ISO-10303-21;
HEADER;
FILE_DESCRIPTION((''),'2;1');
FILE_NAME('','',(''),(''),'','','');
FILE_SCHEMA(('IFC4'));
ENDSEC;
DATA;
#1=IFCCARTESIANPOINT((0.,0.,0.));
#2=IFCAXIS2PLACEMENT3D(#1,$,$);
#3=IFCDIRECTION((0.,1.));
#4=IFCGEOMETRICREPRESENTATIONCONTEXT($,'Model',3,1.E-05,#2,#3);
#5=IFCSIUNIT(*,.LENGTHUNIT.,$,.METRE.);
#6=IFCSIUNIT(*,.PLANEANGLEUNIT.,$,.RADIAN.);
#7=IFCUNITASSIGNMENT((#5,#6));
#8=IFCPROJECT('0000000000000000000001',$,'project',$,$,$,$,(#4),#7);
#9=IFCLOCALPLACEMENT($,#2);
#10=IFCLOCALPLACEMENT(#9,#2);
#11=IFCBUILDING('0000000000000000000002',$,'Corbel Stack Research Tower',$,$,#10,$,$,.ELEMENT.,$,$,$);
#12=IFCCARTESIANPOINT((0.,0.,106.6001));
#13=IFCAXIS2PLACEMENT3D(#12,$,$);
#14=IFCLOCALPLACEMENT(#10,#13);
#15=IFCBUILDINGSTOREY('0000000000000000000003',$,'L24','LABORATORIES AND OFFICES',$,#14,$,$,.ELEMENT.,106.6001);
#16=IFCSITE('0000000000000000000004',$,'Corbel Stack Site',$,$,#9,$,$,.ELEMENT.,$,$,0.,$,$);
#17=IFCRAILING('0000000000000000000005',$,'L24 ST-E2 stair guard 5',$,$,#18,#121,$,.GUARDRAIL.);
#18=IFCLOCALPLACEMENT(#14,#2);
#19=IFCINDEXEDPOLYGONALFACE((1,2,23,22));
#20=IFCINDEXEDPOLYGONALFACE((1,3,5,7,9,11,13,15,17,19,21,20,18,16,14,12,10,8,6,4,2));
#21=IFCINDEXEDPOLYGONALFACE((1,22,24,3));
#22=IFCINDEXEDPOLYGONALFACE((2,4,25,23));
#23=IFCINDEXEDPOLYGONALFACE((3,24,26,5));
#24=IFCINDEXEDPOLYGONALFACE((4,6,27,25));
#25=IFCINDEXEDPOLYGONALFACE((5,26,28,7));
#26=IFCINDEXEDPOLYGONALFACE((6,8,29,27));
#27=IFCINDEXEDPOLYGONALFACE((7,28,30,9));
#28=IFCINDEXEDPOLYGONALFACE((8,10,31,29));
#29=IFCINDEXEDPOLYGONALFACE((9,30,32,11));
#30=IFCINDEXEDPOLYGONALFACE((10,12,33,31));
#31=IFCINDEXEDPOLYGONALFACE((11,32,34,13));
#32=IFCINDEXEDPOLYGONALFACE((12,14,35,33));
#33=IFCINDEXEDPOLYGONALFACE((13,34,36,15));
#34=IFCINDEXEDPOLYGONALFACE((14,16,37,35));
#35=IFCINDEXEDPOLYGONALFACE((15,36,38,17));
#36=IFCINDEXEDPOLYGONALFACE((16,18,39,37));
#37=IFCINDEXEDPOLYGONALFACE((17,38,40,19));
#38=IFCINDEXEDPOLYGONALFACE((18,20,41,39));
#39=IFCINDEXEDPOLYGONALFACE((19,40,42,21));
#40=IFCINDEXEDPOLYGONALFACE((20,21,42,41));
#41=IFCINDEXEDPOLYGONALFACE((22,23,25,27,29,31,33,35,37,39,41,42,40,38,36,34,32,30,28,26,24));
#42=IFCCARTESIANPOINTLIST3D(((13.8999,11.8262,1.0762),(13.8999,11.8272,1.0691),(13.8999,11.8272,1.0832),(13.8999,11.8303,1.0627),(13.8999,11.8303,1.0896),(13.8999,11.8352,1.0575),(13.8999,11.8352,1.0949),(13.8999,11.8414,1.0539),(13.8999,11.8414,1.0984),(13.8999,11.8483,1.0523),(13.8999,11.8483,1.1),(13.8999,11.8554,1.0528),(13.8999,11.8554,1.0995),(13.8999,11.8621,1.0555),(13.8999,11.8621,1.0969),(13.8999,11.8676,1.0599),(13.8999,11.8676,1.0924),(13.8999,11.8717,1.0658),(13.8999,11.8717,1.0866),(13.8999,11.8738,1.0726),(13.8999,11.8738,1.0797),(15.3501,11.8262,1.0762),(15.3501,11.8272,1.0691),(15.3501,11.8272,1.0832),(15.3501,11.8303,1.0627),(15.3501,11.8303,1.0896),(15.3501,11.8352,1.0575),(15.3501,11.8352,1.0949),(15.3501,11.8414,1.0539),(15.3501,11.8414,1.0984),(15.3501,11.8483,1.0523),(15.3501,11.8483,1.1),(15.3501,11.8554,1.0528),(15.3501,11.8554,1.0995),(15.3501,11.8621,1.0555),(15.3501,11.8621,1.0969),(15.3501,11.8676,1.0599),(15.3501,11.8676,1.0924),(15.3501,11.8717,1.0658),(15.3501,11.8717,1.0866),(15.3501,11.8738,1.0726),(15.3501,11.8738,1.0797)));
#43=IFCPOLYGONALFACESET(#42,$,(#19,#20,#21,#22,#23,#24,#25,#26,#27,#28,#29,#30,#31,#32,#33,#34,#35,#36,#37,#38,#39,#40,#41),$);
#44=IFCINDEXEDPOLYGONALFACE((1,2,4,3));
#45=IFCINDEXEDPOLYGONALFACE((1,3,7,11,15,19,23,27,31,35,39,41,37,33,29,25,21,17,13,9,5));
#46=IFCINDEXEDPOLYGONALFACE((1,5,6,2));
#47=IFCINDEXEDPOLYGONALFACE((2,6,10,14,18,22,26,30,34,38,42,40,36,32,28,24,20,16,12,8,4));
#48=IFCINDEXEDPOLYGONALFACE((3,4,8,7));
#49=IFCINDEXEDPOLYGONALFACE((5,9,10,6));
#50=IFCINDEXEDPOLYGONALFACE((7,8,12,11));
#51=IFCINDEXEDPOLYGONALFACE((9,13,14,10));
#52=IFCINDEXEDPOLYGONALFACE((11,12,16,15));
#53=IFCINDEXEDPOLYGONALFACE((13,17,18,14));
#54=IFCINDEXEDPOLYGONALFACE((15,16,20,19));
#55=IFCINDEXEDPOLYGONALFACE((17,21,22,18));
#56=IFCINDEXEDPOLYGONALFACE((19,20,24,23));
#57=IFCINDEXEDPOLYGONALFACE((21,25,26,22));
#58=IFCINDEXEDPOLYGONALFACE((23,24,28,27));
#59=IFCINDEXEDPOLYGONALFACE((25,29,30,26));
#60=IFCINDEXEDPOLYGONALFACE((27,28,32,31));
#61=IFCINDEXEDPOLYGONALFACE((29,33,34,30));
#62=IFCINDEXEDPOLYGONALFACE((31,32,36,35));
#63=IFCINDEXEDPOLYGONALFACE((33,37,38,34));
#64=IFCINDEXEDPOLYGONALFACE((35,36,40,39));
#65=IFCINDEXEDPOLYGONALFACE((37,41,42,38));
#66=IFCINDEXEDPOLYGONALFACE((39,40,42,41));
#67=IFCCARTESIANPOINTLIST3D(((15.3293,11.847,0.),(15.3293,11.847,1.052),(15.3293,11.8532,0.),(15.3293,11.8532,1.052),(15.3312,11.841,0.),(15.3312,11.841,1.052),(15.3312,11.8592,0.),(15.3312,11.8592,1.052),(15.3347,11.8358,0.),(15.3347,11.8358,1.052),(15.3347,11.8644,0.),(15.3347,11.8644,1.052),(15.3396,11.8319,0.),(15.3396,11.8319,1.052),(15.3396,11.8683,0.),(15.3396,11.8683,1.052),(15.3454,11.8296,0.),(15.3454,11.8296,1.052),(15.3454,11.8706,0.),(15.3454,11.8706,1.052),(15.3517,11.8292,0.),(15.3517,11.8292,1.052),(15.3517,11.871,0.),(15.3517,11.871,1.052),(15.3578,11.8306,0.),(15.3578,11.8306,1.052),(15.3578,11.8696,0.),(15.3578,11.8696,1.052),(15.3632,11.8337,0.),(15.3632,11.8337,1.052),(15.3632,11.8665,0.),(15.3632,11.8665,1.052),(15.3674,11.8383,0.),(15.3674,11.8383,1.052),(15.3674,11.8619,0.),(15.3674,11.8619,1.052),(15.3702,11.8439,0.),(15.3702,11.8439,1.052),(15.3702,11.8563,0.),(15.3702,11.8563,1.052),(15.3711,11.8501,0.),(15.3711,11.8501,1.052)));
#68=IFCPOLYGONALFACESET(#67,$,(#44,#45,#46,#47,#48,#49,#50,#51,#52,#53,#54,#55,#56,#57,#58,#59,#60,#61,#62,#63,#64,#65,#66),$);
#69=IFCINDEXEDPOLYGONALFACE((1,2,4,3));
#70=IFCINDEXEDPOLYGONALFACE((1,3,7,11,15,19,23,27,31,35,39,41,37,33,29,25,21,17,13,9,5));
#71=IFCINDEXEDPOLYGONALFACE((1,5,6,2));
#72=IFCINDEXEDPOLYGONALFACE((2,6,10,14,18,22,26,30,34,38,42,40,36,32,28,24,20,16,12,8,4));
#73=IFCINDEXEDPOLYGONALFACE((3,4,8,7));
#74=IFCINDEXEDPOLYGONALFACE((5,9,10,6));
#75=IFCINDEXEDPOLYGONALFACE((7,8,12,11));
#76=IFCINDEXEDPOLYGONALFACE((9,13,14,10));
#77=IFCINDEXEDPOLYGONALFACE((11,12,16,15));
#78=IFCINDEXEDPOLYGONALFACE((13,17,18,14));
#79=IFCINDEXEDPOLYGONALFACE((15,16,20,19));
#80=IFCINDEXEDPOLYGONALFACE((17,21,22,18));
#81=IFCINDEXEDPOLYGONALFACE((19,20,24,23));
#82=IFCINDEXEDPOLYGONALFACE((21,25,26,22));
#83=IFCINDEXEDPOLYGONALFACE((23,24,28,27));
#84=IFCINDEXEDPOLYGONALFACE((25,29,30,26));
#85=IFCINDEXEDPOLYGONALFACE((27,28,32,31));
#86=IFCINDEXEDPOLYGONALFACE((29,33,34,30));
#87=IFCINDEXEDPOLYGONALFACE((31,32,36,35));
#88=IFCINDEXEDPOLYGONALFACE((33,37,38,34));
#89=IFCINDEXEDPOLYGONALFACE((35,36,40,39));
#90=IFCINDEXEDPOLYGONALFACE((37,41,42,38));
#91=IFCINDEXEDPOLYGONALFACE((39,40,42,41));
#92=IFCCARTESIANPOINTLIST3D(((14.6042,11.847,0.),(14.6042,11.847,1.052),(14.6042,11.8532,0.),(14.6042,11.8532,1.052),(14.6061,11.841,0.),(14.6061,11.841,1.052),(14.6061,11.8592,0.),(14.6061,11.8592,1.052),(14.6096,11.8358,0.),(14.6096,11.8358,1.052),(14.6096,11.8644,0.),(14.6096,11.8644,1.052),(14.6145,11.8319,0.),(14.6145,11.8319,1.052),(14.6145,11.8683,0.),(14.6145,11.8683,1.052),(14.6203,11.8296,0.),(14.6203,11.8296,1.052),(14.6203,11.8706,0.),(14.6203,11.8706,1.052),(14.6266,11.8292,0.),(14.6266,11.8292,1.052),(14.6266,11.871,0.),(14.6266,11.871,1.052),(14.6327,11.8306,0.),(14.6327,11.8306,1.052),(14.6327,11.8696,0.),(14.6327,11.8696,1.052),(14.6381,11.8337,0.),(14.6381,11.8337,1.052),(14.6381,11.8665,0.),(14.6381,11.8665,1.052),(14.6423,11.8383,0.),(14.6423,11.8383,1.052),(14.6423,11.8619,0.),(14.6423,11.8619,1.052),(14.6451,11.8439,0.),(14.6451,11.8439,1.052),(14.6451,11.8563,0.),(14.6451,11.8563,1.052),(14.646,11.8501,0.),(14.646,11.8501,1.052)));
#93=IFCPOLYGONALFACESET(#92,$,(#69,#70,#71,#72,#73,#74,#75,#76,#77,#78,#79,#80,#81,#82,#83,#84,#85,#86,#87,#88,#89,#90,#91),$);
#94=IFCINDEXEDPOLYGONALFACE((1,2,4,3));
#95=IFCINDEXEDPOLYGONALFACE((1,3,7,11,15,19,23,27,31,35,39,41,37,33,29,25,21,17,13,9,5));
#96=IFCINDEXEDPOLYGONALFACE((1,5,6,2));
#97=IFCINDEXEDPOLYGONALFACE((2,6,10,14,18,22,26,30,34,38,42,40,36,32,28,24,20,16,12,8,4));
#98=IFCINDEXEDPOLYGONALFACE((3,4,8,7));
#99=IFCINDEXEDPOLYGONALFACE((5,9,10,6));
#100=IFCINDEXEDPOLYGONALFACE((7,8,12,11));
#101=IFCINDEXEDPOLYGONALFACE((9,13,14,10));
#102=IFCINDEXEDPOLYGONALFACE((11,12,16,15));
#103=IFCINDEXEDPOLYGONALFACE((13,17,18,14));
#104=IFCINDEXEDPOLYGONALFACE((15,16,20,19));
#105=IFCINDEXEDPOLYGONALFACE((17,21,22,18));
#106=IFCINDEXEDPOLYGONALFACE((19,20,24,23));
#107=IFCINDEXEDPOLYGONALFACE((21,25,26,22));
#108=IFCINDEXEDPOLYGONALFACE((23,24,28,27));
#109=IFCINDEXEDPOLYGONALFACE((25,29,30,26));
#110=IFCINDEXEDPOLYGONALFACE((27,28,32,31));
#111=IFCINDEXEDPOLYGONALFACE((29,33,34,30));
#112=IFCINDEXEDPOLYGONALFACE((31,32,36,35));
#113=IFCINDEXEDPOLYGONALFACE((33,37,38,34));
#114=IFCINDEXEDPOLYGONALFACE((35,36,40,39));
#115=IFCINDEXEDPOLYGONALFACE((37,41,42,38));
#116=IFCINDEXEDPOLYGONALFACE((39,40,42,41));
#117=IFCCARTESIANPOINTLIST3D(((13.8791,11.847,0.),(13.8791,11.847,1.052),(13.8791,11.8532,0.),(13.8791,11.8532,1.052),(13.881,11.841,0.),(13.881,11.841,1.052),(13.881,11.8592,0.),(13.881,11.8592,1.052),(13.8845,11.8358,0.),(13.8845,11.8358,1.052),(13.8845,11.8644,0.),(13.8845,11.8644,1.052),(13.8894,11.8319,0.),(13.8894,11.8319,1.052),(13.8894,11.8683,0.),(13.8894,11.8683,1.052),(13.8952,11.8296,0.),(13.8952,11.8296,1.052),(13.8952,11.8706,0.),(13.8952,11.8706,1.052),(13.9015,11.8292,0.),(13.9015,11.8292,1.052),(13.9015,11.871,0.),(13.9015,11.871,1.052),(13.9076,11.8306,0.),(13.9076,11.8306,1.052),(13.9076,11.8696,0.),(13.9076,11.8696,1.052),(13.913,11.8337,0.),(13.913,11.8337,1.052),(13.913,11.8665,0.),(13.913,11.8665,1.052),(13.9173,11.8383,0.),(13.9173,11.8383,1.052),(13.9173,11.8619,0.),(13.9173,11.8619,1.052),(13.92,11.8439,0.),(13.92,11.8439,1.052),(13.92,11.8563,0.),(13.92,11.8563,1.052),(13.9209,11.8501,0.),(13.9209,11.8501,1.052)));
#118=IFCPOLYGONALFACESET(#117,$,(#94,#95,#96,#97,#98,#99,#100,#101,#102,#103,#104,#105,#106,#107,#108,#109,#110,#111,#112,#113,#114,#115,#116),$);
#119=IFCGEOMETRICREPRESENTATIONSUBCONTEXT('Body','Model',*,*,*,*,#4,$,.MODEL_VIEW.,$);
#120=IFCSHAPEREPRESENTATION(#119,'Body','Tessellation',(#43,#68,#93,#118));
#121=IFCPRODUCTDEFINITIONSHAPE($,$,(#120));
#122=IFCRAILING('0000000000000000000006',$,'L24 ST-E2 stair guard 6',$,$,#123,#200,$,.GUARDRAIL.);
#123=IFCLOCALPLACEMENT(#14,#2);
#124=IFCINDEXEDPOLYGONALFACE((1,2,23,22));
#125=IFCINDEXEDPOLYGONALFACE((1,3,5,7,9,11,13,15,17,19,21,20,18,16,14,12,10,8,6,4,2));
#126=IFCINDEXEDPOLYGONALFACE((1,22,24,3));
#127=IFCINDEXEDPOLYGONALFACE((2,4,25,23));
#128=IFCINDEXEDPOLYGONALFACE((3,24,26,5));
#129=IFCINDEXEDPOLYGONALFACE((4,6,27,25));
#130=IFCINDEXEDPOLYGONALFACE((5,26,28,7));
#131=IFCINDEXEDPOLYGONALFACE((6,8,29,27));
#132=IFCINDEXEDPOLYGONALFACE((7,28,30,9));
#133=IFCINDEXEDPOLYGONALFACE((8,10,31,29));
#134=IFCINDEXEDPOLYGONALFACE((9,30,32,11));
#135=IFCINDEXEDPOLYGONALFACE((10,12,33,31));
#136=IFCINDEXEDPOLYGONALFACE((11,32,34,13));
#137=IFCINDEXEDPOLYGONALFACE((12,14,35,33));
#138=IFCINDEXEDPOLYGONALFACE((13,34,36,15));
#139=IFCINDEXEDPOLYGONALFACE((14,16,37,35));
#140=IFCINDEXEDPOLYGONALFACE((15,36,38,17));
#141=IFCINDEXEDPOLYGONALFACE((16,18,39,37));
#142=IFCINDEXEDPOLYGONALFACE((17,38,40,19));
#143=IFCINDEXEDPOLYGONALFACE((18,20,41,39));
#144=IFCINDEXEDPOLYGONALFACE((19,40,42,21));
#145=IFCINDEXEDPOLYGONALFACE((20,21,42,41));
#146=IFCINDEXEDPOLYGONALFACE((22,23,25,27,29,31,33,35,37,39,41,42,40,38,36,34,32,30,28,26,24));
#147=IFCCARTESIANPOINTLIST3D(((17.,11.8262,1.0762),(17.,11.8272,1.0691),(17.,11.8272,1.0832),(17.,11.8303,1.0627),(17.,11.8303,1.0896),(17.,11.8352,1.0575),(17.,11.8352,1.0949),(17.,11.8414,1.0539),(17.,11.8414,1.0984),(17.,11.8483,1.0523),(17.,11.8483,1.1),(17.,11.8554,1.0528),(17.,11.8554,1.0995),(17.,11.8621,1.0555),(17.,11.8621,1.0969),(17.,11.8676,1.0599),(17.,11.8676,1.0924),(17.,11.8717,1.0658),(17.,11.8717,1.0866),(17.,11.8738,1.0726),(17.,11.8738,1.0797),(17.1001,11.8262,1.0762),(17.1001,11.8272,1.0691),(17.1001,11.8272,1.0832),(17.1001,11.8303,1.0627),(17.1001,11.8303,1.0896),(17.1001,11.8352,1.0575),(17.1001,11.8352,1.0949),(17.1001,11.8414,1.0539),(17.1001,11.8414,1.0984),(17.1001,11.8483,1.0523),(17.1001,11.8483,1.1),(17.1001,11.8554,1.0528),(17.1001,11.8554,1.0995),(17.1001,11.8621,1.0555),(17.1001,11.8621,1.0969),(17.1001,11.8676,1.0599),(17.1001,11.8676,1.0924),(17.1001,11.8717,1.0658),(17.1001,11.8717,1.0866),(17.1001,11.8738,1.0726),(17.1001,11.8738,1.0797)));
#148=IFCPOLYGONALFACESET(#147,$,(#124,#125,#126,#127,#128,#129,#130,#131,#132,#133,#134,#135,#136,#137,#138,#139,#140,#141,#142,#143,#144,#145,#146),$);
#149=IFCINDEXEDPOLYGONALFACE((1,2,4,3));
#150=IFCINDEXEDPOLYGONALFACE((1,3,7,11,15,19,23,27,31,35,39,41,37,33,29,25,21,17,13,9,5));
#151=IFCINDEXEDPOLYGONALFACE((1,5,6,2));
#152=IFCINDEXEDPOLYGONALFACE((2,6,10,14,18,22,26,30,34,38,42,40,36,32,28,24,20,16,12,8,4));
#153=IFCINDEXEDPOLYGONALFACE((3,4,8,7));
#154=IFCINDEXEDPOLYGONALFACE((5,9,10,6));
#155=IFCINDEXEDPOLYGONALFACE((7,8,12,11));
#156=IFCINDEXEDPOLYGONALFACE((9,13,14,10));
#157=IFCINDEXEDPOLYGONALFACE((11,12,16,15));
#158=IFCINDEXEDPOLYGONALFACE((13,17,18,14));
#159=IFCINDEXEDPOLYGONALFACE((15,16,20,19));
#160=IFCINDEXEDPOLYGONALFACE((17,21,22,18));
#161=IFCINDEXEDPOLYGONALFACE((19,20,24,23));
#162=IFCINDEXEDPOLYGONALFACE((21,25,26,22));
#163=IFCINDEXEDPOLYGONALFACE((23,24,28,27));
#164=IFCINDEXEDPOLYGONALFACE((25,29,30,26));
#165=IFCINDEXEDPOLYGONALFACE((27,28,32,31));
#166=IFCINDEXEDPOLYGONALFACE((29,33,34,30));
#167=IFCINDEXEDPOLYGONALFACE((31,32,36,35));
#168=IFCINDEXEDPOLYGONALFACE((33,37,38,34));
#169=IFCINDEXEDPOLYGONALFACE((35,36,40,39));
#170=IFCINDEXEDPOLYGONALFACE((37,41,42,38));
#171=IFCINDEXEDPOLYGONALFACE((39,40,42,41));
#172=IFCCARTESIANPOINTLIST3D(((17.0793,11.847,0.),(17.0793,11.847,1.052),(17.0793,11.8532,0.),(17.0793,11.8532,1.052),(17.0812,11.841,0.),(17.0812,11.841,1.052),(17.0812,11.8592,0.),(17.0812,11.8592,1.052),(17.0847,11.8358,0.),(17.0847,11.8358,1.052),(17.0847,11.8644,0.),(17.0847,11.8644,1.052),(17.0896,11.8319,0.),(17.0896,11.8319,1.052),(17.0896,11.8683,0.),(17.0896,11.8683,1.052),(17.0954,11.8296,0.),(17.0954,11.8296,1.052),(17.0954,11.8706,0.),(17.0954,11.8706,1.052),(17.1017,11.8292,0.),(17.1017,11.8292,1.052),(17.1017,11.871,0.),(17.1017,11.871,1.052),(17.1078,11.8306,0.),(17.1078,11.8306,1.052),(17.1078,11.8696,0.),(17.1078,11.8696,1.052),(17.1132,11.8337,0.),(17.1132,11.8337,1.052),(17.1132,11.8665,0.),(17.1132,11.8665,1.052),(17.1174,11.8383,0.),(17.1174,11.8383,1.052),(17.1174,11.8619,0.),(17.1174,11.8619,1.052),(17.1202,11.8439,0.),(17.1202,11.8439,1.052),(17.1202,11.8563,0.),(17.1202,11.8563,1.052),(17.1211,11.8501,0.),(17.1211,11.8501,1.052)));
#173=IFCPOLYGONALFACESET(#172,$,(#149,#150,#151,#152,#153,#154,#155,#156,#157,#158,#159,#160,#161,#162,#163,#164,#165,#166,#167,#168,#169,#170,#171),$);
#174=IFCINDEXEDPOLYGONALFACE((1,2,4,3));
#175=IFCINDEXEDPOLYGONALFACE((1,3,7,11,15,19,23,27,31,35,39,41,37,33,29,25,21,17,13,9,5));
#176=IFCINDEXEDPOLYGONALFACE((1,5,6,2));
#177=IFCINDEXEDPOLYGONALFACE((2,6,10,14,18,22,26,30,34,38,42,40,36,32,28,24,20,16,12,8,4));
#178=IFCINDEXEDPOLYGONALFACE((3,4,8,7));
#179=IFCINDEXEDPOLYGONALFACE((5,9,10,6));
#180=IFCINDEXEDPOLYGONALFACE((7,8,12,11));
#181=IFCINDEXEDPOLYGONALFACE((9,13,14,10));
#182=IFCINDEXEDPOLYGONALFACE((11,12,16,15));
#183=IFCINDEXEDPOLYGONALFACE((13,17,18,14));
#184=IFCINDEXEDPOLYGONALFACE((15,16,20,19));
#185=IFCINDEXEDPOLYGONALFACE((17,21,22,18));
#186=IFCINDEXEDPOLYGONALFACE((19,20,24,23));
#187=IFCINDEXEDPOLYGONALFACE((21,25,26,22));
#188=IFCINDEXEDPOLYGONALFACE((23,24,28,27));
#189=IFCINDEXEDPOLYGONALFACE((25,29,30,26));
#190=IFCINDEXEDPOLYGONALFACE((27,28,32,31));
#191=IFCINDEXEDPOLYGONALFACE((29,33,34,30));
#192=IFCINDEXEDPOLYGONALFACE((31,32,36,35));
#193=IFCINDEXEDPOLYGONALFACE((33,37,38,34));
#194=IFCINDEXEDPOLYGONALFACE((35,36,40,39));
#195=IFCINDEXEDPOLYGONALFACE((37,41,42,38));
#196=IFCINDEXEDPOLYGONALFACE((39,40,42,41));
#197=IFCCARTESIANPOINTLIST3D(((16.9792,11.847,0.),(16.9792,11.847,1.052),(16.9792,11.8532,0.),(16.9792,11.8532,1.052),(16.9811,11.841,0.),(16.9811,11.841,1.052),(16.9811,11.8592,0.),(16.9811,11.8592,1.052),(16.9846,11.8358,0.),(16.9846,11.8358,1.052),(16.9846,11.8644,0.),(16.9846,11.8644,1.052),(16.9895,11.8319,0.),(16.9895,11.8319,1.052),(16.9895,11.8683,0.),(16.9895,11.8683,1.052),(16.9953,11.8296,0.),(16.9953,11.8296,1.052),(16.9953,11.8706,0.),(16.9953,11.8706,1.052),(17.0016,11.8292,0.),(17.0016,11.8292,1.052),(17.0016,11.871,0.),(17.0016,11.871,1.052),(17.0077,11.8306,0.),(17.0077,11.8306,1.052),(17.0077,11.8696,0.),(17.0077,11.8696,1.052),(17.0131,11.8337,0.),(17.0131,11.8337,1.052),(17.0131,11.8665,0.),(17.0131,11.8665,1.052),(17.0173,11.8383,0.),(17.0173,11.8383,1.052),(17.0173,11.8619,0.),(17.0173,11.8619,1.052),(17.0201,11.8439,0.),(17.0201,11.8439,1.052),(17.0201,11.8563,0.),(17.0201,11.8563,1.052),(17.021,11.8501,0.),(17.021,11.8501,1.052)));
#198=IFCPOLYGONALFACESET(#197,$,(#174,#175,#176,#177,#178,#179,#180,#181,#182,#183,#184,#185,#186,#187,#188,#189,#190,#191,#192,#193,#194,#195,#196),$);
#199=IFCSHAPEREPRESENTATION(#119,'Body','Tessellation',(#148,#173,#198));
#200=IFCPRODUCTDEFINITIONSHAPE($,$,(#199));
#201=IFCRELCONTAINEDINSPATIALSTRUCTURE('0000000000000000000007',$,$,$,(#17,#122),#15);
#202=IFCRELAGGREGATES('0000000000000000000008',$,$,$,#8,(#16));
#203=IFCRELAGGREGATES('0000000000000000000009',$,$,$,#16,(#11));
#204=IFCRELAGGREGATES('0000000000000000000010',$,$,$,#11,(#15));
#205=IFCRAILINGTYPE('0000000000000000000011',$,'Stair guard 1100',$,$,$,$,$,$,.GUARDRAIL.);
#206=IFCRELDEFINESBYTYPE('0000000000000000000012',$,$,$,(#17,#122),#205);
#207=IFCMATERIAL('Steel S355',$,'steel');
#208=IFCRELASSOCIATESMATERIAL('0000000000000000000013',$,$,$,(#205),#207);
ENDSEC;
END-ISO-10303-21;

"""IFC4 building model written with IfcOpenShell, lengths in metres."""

from ifc_helpers import new_model, si_unit, direction, frame, origin, origin_2d, place, context, subcontext, project, spatial, circle, extrude, material, type_object, element, save


model = new_model("IFC4")

# Units and contexts
model_context = context("Model", 3, precision=1e-05, world=origin(), true_north=direction((0.0, 1.0)))
body_context = subcontext(model_context, "Body", "Model", "MODEL_VIEW")
ifc_project = project(units=[si_unit("LENGTHUNIT", "METRE"), si_unit("PLANEANGLEUNIT", "RADIAN")], contexts=[model_context])

# Site, building, storey
site_placement = place(None, origin())
site = spatial("IfcSite", under=ifc_project, at=site_placement, Name="Corbel Stack Site", CompositionType="ELEMENT", RefElevation=0.0)
building_placement = place(site_placement, origin())
building = spatial("IfcBuilding", under=site, at=building_placement, Name="Corbel Stack Research Tower", CompositionType="ELEMENT")
storey_placement = place(building_placement, frame((0.0, 0.0, 106.6001)))
storey = spatial("IfcBuildingStorey", under=building, at=storey_placement, Name="L24", Description="LABORATORIES AND OFFICES", CompositionType="ELEMENT", Elevation=106.6001)

# Railings
ifc_material_1 = material(Name="Steel S355", Category="steel")
railing_type_1 = type_object("IfcRailingType", Name="Stair guard 1100", PredefinedType="GUARDRAIL", material=ifc_material_1)
railing_1_placement = place(storey_placement, frame((15.3501, 11.8501, 0.0)))
element("IfcRailing", 1, at=railing_1_placement, inside=storey, type_object=railing_type_1, Name="L24 ST-E2 stair guard 5", PredefinedType="GUARDRAIL", context=body_context, shape_type="SweptSolid", body=[
    extrude(circle(Radius=0.0239, at=origin_2d()), frame((0.0, 0.0, 1.0762), z_axis=(-1.0, 0.0, 0.0), x_axis=(0.0, -1.0, 0.0)), (0.0, 0.0, 1.0), 1.4502),
    extrude(circle(Radius=0.021, at=origin_2d()), origin(), (0.0, 0.0, 1.0), 1.052),
    extrude(circle(Radius=0.021, at=origin_2d()), frame((-0.7251, 0.0, 0.0)), (0.0, 0.0, 1.0), 1.052),
    extrude(circle(Radius=0.021, at=origin_2d()), frame((-1.4502, 0.0, 0.0)), (0.0, 0.0, 1.0), 1.052),
])
railing_2_placement = place(storey_placement, frame((17.1001, 11.8501, 0.0)))
element("IfcRailing", 2, at=railing_2_placement, inside=storey, type_object=railing_type_1, Name="L24 ST-E2 stair guard 6", PredefinedType="GUARDRAIL", context=body_context, shape_type="SweptSolid", body=[
    extrude(circle(Radius=0.0239, at=origin_2d()), frame((0.0, 0.0, 1.0762), z_axis=(-1.0, 0.0, 0.0), x_axis=(0.0, -1.0, 0.0)), (0.0, 0.0, 1.0), 0.1001),
    extrude(circle(Radius=0.021, at=origin_2d()), origin(), (0.0, 0.0, 1.0), 1.052),
    extrude(circle(Radius=0.021, at=origin_2d()), frame((-0.1001, 0.0, 0.0)), (0.0, 0.0, 1.0), 1.052),
])

save(model, "model.ifc")
